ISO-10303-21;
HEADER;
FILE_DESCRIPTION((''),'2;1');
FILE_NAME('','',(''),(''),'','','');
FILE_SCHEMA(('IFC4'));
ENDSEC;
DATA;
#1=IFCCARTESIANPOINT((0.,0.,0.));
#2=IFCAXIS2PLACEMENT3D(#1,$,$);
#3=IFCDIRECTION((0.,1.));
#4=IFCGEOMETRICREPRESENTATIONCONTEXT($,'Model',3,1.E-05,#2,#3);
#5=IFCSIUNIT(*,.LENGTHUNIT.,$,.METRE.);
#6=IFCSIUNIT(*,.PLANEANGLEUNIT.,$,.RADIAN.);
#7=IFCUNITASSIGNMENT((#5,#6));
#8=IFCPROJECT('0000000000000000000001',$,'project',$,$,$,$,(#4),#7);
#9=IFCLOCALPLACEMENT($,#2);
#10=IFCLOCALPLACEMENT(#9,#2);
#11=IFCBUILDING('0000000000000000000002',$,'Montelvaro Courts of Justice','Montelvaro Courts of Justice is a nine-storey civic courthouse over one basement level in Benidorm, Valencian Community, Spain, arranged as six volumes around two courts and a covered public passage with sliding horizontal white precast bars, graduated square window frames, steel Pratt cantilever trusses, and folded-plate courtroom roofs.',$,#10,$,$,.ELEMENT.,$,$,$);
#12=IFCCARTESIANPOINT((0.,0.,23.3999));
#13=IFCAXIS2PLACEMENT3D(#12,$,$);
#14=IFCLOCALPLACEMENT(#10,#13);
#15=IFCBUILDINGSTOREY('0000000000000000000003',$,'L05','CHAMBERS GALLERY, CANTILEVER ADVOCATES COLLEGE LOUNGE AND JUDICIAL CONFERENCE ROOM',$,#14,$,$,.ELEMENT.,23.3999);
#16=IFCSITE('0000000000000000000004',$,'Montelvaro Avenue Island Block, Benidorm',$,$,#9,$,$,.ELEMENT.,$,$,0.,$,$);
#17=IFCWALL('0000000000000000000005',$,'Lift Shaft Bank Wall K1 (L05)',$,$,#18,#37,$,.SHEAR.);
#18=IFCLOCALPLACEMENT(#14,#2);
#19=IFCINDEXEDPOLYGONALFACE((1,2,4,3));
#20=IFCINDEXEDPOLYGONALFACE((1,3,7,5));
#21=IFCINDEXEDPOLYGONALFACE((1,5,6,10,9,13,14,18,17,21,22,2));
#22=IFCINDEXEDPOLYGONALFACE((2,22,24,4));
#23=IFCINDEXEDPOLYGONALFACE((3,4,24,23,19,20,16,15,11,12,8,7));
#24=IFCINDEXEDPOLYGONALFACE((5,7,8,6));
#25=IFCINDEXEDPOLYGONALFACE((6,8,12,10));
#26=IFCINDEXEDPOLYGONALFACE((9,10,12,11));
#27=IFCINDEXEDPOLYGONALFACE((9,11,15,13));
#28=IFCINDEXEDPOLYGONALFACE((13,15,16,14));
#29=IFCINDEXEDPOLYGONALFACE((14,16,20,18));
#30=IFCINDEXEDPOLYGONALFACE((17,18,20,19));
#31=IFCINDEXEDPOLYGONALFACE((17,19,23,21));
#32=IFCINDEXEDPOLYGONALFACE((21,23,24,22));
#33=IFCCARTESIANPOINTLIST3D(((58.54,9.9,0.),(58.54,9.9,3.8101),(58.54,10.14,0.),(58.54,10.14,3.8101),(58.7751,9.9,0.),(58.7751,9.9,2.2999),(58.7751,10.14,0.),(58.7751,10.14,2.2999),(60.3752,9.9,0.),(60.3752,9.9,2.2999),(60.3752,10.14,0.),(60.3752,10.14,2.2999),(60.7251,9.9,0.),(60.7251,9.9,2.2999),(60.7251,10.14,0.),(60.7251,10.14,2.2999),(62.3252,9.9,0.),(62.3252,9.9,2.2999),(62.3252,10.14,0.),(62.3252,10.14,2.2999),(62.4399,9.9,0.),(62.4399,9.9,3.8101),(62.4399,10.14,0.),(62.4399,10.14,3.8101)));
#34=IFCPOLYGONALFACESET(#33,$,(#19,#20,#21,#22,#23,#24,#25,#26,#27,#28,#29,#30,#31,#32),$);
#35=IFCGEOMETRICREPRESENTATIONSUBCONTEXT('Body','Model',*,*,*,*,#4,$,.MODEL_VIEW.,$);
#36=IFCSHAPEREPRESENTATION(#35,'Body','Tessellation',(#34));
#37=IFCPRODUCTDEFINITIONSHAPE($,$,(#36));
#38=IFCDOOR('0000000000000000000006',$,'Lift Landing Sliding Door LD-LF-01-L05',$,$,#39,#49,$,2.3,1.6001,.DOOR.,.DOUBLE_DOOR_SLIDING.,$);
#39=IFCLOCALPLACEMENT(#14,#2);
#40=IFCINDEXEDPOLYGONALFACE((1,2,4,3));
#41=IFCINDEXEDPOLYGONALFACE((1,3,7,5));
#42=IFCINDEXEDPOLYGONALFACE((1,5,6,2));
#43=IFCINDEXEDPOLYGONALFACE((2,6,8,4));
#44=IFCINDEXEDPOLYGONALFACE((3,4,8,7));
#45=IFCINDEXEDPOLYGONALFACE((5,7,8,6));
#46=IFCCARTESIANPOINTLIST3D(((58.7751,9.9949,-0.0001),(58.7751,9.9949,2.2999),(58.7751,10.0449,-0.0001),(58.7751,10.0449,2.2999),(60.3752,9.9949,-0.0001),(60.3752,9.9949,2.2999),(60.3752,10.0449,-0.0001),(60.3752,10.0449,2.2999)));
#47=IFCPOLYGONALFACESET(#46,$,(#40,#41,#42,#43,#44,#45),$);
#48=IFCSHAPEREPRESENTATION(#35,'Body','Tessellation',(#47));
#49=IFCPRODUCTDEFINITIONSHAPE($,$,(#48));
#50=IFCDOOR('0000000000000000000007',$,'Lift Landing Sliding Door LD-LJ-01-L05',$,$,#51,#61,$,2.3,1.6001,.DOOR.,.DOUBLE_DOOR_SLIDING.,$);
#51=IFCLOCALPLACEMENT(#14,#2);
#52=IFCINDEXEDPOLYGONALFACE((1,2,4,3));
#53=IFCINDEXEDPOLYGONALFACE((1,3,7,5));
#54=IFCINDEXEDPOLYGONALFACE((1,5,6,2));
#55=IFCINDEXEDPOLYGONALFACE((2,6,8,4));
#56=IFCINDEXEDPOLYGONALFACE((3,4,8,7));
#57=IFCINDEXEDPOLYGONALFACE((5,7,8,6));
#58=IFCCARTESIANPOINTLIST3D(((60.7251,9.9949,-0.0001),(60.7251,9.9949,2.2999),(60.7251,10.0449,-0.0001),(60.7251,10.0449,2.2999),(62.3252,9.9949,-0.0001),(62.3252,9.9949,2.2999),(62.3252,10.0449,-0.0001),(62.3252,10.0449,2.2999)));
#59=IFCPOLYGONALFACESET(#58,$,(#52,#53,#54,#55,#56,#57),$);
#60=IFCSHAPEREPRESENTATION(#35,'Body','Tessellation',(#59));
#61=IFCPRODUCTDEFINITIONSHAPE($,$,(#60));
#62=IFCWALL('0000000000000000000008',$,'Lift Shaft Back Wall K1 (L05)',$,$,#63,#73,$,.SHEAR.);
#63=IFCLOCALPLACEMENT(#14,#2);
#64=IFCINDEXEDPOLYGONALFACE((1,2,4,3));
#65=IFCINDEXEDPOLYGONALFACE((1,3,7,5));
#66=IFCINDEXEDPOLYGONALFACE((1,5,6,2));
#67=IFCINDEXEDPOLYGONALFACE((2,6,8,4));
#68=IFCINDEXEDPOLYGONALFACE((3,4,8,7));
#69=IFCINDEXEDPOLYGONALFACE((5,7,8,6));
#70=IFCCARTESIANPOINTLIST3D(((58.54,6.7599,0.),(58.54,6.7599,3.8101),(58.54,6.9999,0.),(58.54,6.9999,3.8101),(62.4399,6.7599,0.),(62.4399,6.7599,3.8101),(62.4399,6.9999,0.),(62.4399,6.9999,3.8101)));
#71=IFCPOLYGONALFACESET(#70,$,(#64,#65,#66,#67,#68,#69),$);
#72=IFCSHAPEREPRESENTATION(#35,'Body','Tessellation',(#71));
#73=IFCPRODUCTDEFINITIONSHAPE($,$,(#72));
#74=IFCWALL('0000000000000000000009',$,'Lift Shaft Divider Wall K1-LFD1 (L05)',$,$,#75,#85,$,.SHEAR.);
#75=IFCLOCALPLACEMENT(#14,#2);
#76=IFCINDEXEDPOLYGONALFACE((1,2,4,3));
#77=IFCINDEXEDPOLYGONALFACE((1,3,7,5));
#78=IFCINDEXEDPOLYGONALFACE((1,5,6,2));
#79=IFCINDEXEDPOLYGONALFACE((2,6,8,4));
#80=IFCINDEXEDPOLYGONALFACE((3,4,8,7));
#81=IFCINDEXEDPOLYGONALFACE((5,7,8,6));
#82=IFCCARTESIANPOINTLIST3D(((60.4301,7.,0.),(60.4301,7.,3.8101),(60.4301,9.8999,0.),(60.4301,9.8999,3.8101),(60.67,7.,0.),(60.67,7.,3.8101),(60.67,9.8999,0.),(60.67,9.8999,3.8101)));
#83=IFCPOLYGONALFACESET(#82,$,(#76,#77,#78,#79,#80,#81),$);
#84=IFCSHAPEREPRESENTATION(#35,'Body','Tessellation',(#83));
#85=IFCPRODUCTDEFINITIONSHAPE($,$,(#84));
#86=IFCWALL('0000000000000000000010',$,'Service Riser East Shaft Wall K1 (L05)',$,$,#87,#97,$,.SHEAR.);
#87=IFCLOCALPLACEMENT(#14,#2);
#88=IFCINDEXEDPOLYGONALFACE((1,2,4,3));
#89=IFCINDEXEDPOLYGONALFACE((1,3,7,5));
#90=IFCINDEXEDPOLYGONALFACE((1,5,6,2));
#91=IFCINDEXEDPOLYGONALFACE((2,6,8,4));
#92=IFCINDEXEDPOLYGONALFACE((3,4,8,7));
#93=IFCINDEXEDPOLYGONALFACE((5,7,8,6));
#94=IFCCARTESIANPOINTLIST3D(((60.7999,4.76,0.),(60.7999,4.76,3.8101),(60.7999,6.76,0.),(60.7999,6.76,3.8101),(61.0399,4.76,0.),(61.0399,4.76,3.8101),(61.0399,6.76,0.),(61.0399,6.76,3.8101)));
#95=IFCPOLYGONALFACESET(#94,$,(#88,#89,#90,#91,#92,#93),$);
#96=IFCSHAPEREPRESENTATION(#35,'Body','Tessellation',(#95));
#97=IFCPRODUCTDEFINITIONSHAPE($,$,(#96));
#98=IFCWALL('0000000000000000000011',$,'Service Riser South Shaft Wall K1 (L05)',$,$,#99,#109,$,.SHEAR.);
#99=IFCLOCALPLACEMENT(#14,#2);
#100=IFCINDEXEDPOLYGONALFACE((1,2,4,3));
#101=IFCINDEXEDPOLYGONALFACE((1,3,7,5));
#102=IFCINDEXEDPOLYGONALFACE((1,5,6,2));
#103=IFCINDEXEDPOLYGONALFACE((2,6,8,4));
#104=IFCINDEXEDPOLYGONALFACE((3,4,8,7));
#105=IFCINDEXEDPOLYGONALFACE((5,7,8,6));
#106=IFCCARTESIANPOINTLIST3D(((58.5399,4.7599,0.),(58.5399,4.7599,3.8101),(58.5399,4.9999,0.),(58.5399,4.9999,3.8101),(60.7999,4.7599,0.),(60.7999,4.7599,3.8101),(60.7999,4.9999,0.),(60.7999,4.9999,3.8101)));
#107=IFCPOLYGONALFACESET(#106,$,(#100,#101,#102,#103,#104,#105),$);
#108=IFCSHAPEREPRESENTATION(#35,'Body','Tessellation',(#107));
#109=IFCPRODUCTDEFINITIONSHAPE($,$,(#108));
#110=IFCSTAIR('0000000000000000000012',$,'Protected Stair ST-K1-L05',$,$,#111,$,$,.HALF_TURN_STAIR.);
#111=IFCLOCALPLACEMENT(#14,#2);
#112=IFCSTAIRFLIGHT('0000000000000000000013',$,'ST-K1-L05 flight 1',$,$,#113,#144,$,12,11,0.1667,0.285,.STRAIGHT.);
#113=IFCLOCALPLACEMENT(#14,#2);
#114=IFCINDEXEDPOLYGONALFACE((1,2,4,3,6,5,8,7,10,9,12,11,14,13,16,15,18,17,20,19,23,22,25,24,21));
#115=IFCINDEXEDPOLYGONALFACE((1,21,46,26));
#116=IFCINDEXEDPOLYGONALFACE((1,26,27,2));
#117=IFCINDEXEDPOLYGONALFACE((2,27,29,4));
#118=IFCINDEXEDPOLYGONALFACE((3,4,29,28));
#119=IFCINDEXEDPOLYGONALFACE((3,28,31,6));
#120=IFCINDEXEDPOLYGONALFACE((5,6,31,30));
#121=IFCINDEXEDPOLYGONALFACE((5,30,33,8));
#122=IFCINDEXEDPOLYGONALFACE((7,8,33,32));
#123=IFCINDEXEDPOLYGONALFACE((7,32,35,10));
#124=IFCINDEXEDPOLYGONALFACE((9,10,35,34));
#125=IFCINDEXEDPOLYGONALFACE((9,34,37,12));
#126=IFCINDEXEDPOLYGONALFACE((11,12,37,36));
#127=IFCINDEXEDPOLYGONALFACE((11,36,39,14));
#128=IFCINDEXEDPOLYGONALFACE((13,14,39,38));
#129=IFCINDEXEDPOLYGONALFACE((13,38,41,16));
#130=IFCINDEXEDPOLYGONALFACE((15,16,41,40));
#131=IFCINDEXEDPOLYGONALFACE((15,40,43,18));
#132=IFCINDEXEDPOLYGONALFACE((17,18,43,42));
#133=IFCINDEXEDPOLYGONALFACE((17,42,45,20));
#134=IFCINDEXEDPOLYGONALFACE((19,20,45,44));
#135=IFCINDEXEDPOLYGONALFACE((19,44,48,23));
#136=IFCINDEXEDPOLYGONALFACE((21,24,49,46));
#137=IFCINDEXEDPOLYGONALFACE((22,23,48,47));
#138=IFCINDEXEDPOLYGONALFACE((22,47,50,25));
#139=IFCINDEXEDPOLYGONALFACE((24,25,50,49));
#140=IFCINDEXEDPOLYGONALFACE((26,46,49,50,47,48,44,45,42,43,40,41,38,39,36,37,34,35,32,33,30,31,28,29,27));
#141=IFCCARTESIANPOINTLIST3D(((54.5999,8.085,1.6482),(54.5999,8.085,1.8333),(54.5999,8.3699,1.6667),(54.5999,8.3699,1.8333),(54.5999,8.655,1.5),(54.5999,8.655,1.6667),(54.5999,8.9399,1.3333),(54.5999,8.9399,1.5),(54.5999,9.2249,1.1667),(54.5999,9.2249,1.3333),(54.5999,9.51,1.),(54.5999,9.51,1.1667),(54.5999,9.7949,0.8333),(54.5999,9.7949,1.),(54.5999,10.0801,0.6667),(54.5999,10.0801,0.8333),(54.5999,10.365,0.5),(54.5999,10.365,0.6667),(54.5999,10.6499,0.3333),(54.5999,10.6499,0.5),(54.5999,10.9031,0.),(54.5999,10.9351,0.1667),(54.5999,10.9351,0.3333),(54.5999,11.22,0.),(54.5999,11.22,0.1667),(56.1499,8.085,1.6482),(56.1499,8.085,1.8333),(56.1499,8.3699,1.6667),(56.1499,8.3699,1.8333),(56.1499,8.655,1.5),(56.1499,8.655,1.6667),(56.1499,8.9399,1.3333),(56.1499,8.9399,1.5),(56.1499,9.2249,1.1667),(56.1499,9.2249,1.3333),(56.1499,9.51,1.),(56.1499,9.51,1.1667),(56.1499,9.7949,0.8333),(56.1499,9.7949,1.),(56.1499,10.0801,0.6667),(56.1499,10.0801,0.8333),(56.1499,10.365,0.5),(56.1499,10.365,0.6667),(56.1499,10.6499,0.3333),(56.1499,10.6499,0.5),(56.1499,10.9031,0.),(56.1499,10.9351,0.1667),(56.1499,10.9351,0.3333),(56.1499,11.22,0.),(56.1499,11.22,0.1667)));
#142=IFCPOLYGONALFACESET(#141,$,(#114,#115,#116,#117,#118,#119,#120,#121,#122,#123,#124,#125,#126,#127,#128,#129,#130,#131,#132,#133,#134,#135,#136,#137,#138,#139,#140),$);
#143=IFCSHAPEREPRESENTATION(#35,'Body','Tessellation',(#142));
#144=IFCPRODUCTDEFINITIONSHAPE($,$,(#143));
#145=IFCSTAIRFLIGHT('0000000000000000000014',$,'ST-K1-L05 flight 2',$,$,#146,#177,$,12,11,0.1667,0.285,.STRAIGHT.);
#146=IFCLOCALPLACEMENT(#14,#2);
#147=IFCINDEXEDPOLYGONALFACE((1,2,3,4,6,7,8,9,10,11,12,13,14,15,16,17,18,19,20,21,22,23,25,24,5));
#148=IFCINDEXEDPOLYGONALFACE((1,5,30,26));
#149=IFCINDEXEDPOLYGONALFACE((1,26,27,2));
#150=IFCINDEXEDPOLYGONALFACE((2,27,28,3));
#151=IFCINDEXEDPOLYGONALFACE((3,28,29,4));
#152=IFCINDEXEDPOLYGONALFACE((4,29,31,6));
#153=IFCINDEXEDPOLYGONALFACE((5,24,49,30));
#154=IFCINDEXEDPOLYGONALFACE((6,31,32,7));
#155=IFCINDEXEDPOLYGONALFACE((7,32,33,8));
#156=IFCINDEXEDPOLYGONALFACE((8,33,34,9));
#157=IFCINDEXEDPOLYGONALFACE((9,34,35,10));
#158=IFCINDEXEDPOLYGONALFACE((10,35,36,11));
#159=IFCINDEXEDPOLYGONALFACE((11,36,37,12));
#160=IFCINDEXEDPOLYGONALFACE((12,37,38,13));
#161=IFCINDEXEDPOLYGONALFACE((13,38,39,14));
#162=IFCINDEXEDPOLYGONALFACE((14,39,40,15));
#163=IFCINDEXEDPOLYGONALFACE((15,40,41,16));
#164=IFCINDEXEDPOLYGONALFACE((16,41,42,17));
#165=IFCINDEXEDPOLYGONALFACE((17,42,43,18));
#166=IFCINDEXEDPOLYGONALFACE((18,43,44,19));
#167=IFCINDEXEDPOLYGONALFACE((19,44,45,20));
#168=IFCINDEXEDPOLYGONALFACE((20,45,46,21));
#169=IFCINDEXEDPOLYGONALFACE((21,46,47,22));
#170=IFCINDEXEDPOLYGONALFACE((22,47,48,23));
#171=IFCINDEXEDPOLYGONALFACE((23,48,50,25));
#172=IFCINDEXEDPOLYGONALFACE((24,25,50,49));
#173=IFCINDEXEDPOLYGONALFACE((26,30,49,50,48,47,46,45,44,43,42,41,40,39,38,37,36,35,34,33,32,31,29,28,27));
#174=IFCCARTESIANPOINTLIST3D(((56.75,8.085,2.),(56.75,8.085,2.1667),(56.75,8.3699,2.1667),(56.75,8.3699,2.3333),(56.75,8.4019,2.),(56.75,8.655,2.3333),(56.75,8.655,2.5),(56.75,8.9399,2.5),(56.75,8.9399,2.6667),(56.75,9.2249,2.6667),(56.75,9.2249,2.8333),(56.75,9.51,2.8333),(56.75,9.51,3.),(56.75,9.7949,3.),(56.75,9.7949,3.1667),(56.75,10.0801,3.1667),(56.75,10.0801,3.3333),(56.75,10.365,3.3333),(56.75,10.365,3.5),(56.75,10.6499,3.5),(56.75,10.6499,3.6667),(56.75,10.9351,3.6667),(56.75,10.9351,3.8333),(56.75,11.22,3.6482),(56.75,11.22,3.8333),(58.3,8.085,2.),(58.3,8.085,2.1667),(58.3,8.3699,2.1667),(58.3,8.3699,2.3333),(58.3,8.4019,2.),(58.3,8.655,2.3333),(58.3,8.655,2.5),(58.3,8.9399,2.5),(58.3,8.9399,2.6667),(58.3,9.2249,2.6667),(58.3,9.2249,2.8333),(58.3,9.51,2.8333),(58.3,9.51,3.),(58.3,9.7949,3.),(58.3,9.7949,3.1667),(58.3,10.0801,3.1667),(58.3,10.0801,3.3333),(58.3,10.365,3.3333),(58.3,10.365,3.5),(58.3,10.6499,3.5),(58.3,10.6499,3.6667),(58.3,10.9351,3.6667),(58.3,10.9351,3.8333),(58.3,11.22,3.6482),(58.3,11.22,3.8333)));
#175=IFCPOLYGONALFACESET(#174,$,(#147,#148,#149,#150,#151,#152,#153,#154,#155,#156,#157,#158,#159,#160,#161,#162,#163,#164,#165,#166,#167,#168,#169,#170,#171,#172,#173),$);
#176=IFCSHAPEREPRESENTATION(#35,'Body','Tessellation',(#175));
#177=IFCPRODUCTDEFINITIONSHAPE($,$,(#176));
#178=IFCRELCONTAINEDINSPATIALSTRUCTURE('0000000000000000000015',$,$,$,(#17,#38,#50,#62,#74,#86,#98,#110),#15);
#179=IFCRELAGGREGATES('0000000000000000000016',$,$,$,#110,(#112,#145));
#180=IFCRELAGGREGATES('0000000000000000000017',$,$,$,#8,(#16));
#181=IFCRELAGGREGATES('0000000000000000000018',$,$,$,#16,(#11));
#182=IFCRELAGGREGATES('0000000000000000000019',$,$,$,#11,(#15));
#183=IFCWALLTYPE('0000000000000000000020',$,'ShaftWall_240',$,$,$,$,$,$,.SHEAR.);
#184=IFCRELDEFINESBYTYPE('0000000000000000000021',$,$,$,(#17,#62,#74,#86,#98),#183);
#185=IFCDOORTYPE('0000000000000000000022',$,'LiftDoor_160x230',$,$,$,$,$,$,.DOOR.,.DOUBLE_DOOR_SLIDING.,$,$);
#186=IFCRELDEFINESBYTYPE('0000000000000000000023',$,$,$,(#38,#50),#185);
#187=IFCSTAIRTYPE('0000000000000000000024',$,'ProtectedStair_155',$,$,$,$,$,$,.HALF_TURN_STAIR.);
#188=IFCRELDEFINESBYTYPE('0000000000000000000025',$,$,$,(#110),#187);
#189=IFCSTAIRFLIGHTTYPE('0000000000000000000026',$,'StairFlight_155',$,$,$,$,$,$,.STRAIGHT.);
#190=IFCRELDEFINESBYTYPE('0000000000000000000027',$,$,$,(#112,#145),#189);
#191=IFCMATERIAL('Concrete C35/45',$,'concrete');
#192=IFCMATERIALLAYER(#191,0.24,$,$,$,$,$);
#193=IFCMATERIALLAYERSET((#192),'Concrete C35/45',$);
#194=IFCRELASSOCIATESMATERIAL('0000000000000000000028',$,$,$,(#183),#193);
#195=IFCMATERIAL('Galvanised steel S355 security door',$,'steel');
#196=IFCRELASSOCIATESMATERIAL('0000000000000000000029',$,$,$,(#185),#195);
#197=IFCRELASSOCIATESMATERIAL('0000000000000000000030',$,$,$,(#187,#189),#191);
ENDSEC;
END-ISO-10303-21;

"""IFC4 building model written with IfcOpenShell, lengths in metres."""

from ifc_helpers import new_model, si_unit, direction, frame, frame_2d, origin, place, context, subcontext, project, spatial, polyline, rectangle, outline, extrude, material, layer, layer_set, type_object, element, fill, aggregate, save


model = new_model("IFC4")

# Units and contexts
model_context = context("Model", 3, precision=1e-05, world=origin(), true_north=direction((0.0, 1.0)))
body_context = subcontext(model_context, "Body", "Model", "MODEL_VIEW")
ifc_project = project(units=[si_unit("LENGTHUNIT", "METRE"), si_unit("PLANEANGLEUNIT", "RADIAN")], contexts=[model_context])

# Site, building, storey
site_placement = place(None, origin())
site = spatial("IfcSite", under=ifc_project, at=site_placement, Name="Montelvaro Avenue Island Block, Benidorm", CompositionType="ELEMENT", RefElevation=0.0)
building_placement = place(site_placement, origin())
building = spatial("IfcBuilding", under=site, at=building_placement, Name="Montelvaro Courts of Justice", Description="Montelvaro Courts of Justice is a nine-storey civic courthouse over one basement level in Benidorm, Valencian Community, Spain, arranged as six volumes around two courts and a covered public passage with sliding horizontal white precast bars, graduated square window frames, steel Pratt cantilever trusses, and folded-plate courtroom roofs.", CompositionType="ELEMENT")
storey_placement = place(building_placement, frame((0.0, 0.0, 23.3999)))
storey = spatial("IfcBuildingStorey", under=building, at=storey_placement, Name="L05", Description="CHAMBERS GALLERY, CANTILEVER ADVOCATES COLLEGE LOUNGE AND JUDICIAL CONFERENCE ROOM", CompositionType="ELEMENT", Elevation=23.3999)

# Shared definitions
ifc_material_1 = material(Name="Concrete C35/45", Category="concrete")
ifc_layer_1 = layer(ifc_material_1, 0.24)
ifc_layer_set_1 = layer_set([ifc_layer_1], Name="Concrete C35/45")
wall_type_1 = type_object("IfcWallType", Name="ShaftWall_240", PredefinedType="SHEAR", material=ifc_layer_set_1)
ifc_material_2 = material(Name="Galvanised steel S355 security door", Category="steel")

# Wall, openings, doors
wall_1_placement = place(storey_placement, frame((58.54, 10.02, 0.0), z_axis=(0.0, 0.0, 1.0), x_axis=(1.0, 0.0, 0.0)))
wall_1 = element("IfcWall", 1, at=wall_1_placement, inside=storey, type_object=wall_type_1, Name="Lift Shaft Bank Wall K1 (L05)", PredefinedType="SHEAR", context=body_context, shape_type="SweptSolid", body=[
    extrude(rectangle(XDim=3.8999, YDim=0.24, at=frame_2d((1.95, 0.0))), origin(), (0.0, 0.0, 1.0), 3.8101),
])
opening_1_placement = place(wall_1_placement, frame((0.2351, 0.0, 0.0)))
opening_1 = element("IfcOpeningElement", 2, at=opening_1_placement, cuts=wall_1, PredefinedType="OPENING", context=body_context, shape_type="SweptSolid", body=[
    extrude(rectangle(XDim=1.6001, YDim=2.3, at=frame_2d((0.8, 1.1499))), frame((0.0, 0.1348, 0.0), z_axis=(0.0, -1.0, 0.0), x_axis=(1.0, 0.0, 0.0)), (0.0, 0.0, 1.0), 0.2698),
])
opening_2_placement = place(wall_1_placement, frame((2.1851, 0.0, 0.0)))
opening_2 = element("IfcOpeningElement", 3, at=opening_2_placement, cuts=wall_1, PredefinedType="OPENING", context=body_context, shape_type="SweptSolid", body=[
    extrude(rectangle(XDim=1.6001, YDim=2.3, at=frame_2d((0.8, 1.1499))), frame((0.0, 0.1348, 0.0), z_axis=(0.0, -1.0, 0.0), x_axis=(1.0, 0.0, 0.0)), (0.0, 0.0, 1.0), 0.2698),
])
door_type_1 = type_object("IfcDoorType", Name="LiftDoor_160x230", OperationType="DOUBLE_DOOR_SLIDING", PredefinedType="DOOR", material=ifc_material_2)
door_1_placement = place(opening_1_placement, origin())
door_1 = element("IfcDoor", 4, at=door_1_placement, inside=storey, type_object=door_type_1, Name="Lift Landing Sliding Door LD-LF-01-L05", OperationType="DOUBLE_DOOR_SLIDING", OverallHeight=2.3, OverallWidth=1.6001, PredefinedType="DOOR", context=body_context, shape_type="SweptSolid", body=[
    extrude(rectangle(XDim=1.6001, YDim=2.3, at=frame_2d((0.8, 1.1499))), frame((0.0, 0.0249, 0.0), z_axis=(0.0, -1.0, 0.0), x_axis=(1.0, 0.0, 0.0)), (0.0, 0.0, 1.0), 0.05),
])
fill(opening_1, door_1)
door_2_placement = place(opening_2_placement, origin())
door_2 = element("IfcDoor", 5, at=door_2_placement, inside=storey, type_object=door_type_1, Name="Lift Landing Sliding Door LD-LJ-01-L05", OperationType="DOUBLE_DOOR_SLIDING", OverallHeight=2.3, OverallWidth=1.6001, PredefinedType="DOOR", context=body_context, shape_type="SweptSolid", body=[
    extrude(rectangle(XDim=1.6001, YDim=2.3, at=frame_2d((0.8, 1.1499))), frame((0.0, 0.0249, 0.0), z_axis=(0.0, -1.0, 0.0), x_axis=(1.0, 0.0, 0.0)), (0.0, 0.0, 1.0), 0.05),
])
fill(opening_2, door_2)

# Walls
wall_2_placement = place(storey_placement, frame((58.54, 6.8799, 0.0), z_axis=(0.0, 0.0, 1.0), x_axis=(1.0, 0.0, 0.0)))
element("IfcWall", 6, at=wall_2_placement, inside=storey, type_object=wall_type_1, Name="Lift Shaft Back Wall K1 (L05)", PredefinedType="SHEAR", context=body_context, shape_type="SweptSolid", body=[
    extrude(rectangle(XDim=3.8999, YDim=0.24, at=frame_2d((1.95, 0.0))), origin(), (0.0, 0.0, 1.0), 3.8101),
])
wall_3_placement = place(storey_placement, frame((60.55, 7.0, 0.0), z_axis=(0.0, 0.0, 1.0), x_axis=(0.0, 1.0, 0.0)))
element("IfcWall", 7, at=wall_3_placement, inside=storey, type_object=wall_type_1, Name="Lift Shaft Divider Wall K1-LFD1 (L05)", PredefinedType="SHEAR", context=body_context, shape_type="SweptSolid", body=[
    extrude(rectangle(XDim=2.8999, YDim=0.24, at=frame_2d((1.45, 0.0))), origin(), (0.0, 0.0, 1.0), 3.8101),
])
wall_4_placement = place(storey_placement, frame((60.9199, 4.76, 0.0), z_axis=(0.0, 0.0, 1.0), x_axis=(0.0, 1.0, 0.0)))
element("IfcWall", 8, at=wall_4_placement, inside=storey, type_object=wall_type_1, Name="Service Riser East Shaft Wall K1 (L05)", PredefinedType="SHEAR", context=body_context, shape_type="SweptSolid", body=[
    extrude(rectangle(XDim=2.0, YDim=0.24, at=frame_2d((1.0, 0.0))), origin(), (0.0, 0.0, 1.0), 3.8101),
])
wall_5_placement = place(storey_placement, frame((58.54, 4.8799, 0.0), z_axis=(0.0, 0.0, 1.0), x_axis=(1.0, 0.0, 0.0)))
element("IfcWall", 9, at=wall_5_placement, inside=storey, type_object=wall_type_1, Name="Service Riser South Shaft Wall K1 (L05)", PredefinedType="SHEAR", context=body_context, shape_type="SweptSolid", body=[
    extrude(rectangle(XDim=2.26, YDim=0.24, at=frame_2d((1.1299, 0.0))), origin(), (0.0, 0.0, 1.0), 3.8101),
])

# Stair, stair flights
stair_type = type_object("IfcStairType", Name="ProtectedStair_155", PredefinedType="HALF_TURN_STAIR", material=ifc_material_1)
stair_placement = place(storey_placement, origin())
stair = element("IfcStair", 10, at=stair_placement, inside=storey, type_object=stair_type, Name="Protected Stair ST-K1-L05", PredefinedType="HALF_TURN_STAIR")
stair_flight_type = type_object("IfcStairFlightType", Name="StairFlight_155", PredefinedType="STRAIGHT", material=ifc_material_1)
stair_flight_1_placement = place(storey_placement, frame((55.375, 11.22, 0.0), z_axis=(0.0, 0.0, 1.0), x_axis=(0.0, -1.0, 0.0)))
stair_flight_1 = element("IfcStairFlight", 11, at=stair_flight_1_placement, type_object=stair_flight_type, Name="ST-K1-L05 flight 1", NumberOfRisers=12, NumberOfTreads=11, PredefinedType="STRAIGHT", RiserHeight=0.1667, TreadLength=0.285, context=body_context, shape_type="SweptSolid", body=[
    extrude(outline(polyline([(0.0, 0.0), (0.0, 0.1667), (0.2849, 0.1667), (0.2849, 0.3333), (0.5701, 0.3333), (0.5701, 0.5), (0.855, 0.5), (0.855, 0.6667), (1.1399, 0.6667), (1.1399, 0.8333), (1.425, 0.8333), (1.425, 1.0), (1.71, 1.0), (1.71, 1.1667), (1.9951, 1.1667), (1.9951, 1.3333), (2.28, 1.3333), (2.28, 1.5), (2.5649, 1.5), (2.5649, 1.6667), (2.8501, 1.6667), (2.8501, 1.8333), (3.135, 1.8333), (3.135, 2.0), (3.135, 1.6482), (0.3169, 0.0), (0.0, 0.0)])), frame((0.0, 0.7749, 0.0), z_axis=(0.0, -1.0, 0.0), x_axis=(1.0, 0.0, 0.0)), (0.0, 0.0, 1.0), 1.55),
])
stair_flight_2_placement = place(storey_placement, frame((57.5249, 8.085, 2.0), z_axis=(0.0, 0.0, 1.0), x_axis=(0.0, 1.0, 0.0)))
stair_flight_2 = element("IfcStairFlight", 12, at=stair_flight_2_placement, type_object=stair_flight_type, Name="ST-K1-L05 flight 2", NumberOfRisers=12, NumberOfTreads=11, PredefinedType="STRAIGHT", RiserHeight=0.1667, TreadLength=0.285, context=body_context, shape_type="SweptSolid", body=[
    extrude(outline(polyline([(0.0, 0.0), (0.0, 0.1667), (0.2849, 0.1667), (0.2849, 0.3333), (0.5701, 0.3333), (0.5701, 0.5), (0.855, 0.5), (0.855, 0.6667), (1.1399, 0.6667), (1.1399, 0.8333), (1.425, 0.8333), (1.425, 1.0), (1.71, 1.0), (1.71, 1.1667), (1.9951, 1.1667), (1.9951, 1.3333), (2.28, 1.3333), (2.28, 1.5), (2.5649, 1.5), (2.5649, 1.6667), (2.8501, 1.6667), (2.8501, 1.8333), (3.135, 1.8333), (3.135, 2.0), (3.135, 1.6482), (0.3169, 0.0), (0.0, 0.0)])), frame((0.0, 0.7749, 0.0), z_axis=(0.0, -1.0, 0.0), x_axis=(1.0, 0.0, 0.0)), (0.0, 0.0, 1.0), 1.55),
])
aggregate(stair, [stair_flight_1, stair_flight_2])

save(model, "model.ifc")
